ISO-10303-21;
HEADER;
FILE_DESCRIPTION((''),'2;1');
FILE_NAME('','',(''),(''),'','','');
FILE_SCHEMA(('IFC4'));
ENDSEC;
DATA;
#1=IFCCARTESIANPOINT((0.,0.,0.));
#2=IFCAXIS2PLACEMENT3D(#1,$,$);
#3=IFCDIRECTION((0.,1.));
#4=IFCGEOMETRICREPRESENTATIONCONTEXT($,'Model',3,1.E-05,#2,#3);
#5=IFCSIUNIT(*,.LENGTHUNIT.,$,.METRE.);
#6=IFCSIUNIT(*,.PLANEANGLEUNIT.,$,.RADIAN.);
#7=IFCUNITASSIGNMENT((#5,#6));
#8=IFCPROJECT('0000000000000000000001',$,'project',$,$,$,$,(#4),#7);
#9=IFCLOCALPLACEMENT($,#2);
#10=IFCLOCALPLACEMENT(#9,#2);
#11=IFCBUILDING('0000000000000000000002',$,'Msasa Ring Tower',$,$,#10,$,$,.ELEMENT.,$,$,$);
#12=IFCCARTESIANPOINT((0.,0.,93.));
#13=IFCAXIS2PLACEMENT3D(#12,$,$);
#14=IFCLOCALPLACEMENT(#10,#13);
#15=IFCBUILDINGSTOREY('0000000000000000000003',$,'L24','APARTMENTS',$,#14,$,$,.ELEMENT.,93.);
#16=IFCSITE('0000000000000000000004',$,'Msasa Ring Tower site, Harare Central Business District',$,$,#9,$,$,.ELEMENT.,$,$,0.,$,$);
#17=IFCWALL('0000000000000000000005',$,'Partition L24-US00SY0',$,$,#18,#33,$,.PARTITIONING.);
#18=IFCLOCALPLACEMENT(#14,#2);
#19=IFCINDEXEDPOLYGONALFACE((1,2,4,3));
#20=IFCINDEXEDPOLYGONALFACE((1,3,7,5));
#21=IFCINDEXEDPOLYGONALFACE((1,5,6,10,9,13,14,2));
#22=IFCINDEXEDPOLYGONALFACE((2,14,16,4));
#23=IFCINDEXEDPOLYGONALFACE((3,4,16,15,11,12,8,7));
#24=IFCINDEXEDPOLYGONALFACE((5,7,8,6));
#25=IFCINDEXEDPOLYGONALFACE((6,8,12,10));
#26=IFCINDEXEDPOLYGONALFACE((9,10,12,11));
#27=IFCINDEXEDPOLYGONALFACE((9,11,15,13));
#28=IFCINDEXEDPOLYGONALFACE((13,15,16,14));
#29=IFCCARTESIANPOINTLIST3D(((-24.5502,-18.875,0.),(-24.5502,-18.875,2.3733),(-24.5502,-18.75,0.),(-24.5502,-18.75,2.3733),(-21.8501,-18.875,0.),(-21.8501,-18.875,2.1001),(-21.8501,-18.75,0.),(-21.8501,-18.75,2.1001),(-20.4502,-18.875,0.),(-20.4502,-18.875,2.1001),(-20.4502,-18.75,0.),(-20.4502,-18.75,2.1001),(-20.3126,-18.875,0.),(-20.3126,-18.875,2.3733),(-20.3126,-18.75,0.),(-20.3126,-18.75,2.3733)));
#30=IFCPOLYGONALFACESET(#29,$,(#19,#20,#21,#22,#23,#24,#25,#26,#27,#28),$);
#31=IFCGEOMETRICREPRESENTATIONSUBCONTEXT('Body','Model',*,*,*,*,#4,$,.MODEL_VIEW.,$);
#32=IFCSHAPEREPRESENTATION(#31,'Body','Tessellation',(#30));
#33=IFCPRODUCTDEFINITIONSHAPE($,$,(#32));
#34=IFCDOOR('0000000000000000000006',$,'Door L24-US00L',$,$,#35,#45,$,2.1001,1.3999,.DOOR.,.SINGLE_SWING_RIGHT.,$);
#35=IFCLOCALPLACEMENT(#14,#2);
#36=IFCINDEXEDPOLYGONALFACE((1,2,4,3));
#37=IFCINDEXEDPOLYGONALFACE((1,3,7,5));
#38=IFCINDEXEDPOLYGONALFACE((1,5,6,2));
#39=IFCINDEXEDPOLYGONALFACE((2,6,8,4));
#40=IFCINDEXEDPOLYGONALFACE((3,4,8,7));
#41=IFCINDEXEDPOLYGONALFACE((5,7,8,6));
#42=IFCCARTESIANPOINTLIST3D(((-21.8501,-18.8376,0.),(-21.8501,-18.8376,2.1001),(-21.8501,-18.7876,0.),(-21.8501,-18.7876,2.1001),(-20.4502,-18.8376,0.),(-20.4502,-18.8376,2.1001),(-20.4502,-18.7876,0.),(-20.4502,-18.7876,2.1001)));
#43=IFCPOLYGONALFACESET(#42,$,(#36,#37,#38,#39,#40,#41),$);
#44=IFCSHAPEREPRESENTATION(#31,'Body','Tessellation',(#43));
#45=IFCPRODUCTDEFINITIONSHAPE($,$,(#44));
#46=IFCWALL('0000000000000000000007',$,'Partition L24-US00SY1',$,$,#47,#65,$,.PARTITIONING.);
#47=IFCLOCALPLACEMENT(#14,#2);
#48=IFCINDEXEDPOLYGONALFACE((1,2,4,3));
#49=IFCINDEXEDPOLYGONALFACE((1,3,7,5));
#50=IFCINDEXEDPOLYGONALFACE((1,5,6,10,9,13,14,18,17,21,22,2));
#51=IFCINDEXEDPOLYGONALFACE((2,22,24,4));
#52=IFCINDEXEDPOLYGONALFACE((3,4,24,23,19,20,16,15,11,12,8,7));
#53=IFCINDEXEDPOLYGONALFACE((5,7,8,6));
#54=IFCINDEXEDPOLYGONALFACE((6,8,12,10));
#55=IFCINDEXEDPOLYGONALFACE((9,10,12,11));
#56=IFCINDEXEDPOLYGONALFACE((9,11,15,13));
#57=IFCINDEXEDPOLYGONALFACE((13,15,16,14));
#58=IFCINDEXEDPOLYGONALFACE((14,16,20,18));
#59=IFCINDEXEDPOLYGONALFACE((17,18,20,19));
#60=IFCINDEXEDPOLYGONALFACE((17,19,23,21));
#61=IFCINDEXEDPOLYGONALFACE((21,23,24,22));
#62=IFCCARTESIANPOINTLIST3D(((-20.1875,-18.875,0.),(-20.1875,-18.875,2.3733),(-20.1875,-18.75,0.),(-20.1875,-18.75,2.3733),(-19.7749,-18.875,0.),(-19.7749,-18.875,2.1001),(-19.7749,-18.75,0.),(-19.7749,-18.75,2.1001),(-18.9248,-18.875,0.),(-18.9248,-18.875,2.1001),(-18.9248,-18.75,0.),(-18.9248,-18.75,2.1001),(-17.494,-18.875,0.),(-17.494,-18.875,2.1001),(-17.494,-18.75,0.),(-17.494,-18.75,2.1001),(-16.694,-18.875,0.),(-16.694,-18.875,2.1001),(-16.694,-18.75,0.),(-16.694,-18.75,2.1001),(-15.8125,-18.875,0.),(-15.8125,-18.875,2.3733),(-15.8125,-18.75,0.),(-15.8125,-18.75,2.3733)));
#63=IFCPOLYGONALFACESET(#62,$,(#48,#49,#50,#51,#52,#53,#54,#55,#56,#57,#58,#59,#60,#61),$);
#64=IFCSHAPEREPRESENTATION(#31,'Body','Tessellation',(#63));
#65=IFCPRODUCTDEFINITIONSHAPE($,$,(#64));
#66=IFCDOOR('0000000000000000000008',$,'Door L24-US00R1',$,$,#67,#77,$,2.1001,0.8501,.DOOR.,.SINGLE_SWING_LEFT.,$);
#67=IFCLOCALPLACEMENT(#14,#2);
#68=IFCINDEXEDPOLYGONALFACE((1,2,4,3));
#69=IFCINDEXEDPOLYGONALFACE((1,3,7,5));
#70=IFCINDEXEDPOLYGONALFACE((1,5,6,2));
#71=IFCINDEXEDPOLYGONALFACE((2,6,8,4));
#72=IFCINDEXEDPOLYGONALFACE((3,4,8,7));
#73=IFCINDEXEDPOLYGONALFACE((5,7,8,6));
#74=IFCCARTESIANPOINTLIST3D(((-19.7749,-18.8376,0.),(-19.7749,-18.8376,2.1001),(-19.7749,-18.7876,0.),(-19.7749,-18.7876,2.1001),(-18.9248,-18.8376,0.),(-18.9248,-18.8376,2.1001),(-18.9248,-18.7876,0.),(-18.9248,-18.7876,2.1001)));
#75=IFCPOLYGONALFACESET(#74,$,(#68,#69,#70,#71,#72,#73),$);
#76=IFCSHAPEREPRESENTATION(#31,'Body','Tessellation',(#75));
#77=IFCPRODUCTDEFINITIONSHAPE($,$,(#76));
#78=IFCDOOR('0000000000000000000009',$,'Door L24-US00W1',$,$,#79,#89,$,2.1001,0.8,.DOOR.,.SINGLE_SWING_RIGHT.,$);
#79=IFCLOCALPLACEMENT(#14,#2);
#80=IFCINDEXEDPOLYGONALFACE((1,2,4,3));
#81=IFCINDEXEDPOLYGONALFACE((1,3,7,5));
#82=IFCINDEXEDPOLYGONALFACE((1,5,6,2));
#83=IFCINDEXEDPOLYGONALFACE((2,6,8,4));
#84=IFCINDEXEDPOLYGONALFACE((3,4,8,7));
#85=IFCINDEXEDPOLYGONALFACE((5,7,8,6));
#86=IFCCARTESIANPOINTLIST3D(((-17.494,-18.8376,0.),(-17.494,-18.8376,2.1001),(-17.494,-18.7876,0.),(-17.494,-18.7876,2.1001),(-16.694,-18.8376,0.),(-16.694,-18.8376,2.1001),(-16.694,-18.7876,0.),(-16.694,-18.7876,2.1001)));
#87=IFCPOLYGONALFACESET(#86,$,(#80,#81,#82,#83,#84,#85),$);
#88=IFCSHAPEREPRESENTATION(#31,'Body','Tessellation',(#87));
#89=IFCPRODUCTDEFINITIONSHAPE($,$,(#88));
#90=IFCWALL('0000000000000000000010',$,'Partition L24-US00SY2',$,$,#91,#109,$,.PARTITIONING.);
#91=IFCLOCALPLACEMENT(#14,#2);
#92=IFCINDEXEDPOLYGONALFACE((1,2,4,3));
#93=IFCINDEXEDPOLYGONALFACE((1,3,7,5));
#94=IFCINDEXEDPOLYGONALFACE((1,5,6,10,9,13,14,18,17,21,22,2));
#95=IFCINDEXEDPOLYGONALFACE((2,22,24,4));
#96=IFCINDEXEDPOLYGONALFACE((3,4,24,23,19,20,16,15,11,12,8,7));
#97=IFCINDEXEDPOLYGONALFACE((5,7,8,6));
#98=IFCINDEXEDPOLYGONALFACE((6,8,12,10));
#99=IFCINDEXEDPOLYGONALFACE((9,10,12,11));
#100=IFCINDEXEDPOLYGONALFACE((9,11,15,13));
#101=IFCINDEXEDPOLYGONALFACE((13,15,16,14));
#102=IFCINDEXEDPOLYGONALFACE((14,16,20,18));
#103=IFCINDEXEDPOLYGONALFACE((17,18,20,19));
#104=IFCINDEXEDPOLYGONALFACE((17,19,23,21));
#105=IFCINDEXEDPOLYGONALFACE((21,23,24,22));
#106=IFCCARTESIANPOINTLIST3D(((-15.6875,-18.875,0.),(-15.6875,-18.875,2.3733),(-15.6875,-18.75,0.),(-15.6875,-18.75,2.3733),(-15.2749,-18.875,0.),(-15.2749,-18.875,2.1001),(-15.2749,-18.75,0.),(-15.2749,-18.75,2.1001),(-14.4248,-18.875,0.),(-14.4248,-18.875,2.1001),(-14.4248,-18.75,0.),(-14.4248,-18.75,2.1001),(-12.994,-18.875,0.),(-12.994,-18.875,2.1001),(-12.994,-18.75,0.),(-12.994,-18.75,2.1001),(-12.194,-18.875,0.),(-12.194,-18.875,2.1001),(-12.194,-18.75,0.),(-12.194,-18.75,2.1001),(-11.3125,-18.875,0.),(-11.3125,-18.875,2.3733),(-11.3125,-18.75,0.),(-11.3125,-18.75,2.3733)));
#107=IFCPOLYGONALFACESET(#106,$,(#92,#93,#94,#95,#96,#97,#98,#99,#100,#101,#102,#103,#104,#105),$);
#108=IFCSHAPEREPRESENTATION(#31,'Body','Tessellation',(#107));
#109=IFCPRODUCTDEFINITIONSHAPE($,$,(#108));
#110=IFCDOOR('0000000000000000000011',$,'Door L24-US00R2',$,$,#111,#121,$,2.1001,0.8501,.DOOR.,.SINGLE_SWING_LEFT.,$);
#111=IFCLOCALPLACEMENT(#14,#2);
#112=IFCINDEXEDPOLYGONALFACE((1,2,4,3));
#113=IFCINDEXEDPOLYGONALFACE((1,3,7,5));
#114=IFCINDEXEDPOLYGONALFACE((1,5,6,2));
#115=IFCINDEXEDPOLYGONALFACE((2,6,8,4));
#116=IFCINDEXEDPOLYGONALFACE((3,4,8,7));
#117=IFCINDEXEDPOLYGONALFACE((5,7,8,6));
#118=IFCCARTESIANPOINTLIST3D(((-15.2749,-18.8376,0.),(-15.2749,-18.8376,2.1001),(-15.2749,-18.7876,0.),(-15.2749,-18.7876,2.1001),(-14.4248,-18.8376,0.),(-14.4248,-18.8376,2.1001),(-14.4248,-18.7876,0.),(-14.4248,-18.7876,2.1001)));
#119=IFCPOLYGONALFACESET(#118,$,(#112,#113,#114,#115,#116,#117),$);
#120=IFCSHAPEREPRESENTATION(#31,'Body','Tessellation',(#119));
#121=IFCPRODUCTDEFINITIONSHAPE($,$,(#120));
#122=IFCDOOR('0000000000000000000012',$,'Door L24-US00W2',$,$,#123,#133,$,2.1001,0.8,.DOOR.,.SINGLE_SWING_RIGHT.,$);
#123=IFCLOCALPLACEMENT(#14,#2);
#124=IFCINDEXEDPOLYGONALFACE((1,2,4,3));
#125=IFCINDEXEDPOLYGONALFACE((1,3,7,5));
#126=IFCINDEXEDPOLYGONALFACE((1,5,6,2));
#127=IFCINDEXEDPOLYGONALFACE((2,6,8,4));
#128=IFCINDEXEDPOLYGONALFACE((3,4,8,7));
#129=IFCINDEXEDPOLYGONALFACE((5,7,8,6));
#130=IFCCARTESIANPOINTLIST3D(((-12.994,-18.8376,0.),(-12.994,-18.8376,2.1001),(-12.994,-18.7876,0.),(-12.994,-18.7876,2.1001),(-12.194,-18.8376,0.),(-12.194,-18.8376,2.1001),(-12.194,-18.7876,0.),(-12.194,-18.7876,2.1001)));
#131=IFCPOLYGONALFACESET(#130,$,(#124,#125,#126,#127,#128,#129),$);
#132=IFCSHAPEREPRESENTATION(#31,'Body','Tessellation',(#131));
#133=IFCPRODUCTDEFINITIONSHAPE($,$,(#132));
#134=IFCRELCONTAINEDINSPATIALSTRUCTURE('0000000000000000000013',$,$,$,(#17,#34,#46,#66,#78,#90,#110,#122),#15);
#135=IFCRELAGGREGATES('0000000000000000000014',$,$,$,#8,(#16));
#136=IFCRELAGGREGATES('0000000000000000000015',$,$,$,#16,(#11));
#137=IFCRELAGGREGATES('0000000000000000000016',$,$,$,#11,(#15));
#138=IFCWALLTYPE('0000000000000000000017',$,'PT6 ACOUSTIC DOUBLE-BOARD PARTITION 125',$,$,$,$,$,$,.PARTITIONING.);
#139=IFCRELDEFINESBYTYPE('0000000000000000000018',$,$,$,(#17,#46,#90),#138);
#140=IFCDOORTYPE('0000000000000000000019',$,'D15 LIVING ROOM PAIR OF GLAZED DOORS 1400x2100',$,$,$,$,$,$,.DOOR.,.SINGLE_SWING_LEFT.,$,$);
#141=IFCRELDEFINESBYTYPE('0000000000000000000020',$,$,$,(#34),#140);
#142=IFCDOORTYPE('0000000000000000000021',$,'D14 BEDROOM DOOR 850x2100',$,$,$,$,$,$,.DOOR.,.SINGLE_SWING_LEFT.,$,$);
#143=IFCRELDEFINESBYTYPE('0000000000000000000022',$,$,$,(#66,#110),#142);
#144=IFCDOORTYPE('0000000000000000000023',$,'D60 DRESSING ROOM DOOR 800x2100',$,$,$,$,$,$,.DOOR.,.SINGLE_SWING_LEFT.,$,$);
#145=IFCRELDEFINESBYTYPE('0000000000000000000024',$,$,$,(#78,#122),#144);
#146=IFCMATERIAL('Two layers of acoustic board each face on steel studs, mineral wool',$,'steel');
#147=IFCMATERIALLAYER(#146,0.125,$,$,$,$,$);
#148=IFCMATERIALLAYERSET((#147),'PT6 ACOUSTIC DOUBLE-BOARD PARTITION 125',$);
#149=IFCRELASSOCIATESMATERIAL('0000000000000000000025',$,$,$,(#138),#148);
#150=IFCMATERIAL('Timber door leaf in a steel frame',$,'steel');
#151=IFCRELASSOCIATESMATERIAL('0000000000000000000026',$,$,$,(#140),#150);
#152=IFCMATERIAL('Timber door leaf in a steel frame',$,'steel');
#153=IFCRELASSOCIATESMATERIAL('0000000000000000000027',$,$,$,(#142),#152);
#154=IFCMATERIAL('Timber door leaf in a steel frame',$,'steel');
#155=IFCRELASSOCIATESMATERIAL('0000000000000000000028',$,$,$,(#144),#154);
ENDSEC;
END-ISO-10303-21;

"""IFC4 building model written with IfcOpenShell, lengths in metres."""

from ifc_helpers import new_model, si_unit, direction, frame, frame_2d, origin, place, context, subcontext, project, spatial, rectangle, extrude, material, layer, layer_set, type_object, element, fill, save


model = new_model("IFC4")

# Units and contexts
model_context = context("Model", 3, precision=1e-05, world=origin(), true_north=direction((0.0, 1.0)))
body_context = subcontext(model_context, "Body", "Model", "MODEL_VIEW")
ifc_project = project(units=[si_unit("LENGTHUNIT", "METRE"), si_unit("PLANEANGLEUNIT", "RADIAN")], contexts=[model_context])

# Site, building, storey
site_placement = place(None, origin())
site = spatial("IfcSite", under=ifc_project, at=site_placement, Name="Msasa Ring Tower site, Harare Central Business District", CompositionType="ELEMENT", RefElevation=0.0)
building_placement = place(site_placement, origin())
building = spatial("IfcBuilding", under=site, at=building_placement, Name="Msasa Ring Tower", CompositionType="ELEMENT")
storey_placement = place(building_placement, frame((0.0, 0.0, 93.0)))
storey = spatial("IfcBuildingStorey", under=building, at=storey_placement, Name="L24", Description="APARTMENTS", CompositionType="ELEMENT", Elevation=93.0)

# Shared definitions
ifc_material_1 = material(Name="Two layers of acoustic board each face on steel studs, mineral wool", Category="steel")
ifc_layer_1 = layer(ifc_material_1, 0.125)
ifc_layer_set_1 = layer_set([ifc_layer_1], Name="PT6 ACOUSTIC DOUBLE-BOARD PARTITION 125")
wall_type_1 = type_object("IfcWallType", Name="PT6 ACOUSTIC DOUBLE-BOARD PARTITION 125", PredefinedType="PARTITIONING", material=ifc_layer_set_1)

# Wall, opening, door
wall_1_placement = place(storey_placement, frame((-24.55, -18.8125, 0.0), z_axis=(0.0, 0.0, 1.0), x_axis=(1.0, 0.0, 0.0)))
wall_1 = element("IfcWall", 1, at=wall_1_placement, inside=storey, type_object=wall_type_1, Name="Partition L24-US00SY0", PredefinedType="PARTITIONING", context=body_context, shape_type="SweptSolid", body=[
    extrude(rectangle(XDim=4.2375, YDim=0.125, at=frame_2d((2.1187, 0.0))), origin(), (0.0, 0.0, 1.0), 2.3733),
])
opening_1_placement = place(wall_1_placement, frame((2.7, 0.0, 0.0)))
opening_1 = element("IfcOpeningElement", 2, at=opening_1_placement, cuts=wall_1, PredefinedType="OPENING", context=body_context, shape_type="SweptSolid", body=[
    extrude(rectangle(XDim=1.3999, YDim=2.1001, at=frame_2d((0.7, 1.05))), frame((0.0, 0.0725, 0.0), z_axis=(0.0, -1.0, 0.0), x_axis=(1.0, 0.0, 0.0)), (0.0, 0.0, 1.0), 0.145),
])
ifc_material_2 = material(Name="Timber door leaf in a steel frame", Category="steel")
door_type_1 = type_object("IfcDoorType", Name="D15 LIVING ROOM PAIR OF GLAZED DOORS 1400x2100", OperationType="SINGLE_SWING_LEFT", PredefinedType="DOOR", material=ifc_material_2)
door_1_placement = place(opening_1_placement, origin())
door_1 = element("IfcDoor", 3, at=door_1_placement, inside=storey, type_object=door_type_1, Name="Door L24-US00L", OperationType="SINGLE_SWING_RIGHT", OverallHeight=2.1001, OverallWidth=1.3999, PredefinedType="DOOR", context=body_context, shape_type="SweptSolid", body=[
    extrude(rectangle(XDim=1.3999, YDim=2.1001, at=frame_2d((0.7, 1.05))), frame((0.0, 0.0249, 0.0), z_axis=(0.0, -1.0, 0.0), x_axis=(1.0, 0.0, 0.0)), (0.0, 0.0, 1.0), 0.05),
])
fill(opening_1, door_1)

# Walls, openings, doors
wall_2_placement = place(storey_placement, frame((-20.1875, -18.8125, 0.0), z_axis=(0.0, 0.0, 1.0), x_axis=(1.0, 0.0, 0.0)))
wall_2 = element("IfcWall", 4, at=wall_2_placement, inside=storey, type_object=wall_type_1, Name="Partition L24-US00SY1", PredefinedType="PARTITIONING", context=body_context, shape_type="SweptSolid", body=[
    extrude(rectangle(XDim=4.375, YDim=0.125, at=frame_2d((2.1875, 0.0))), origin(), (0.0, 0.0, 1.0), 2.3733),
])
opening_2_placement = place(wall_2_placement, frame((0.4126, 0.0, 0.0)))
opening_2 = element("IfcOpeningElement", 5, at=opening_2_placement, cuts=wall_2, PredefinedType="OPENING", context=body_context, shape_type="SweptSolid", body=[
    extrude(rectangle(XDim=0.8501, YDim=2.1001, at=frame_2d((0.425, 1.05))), frame((0.0, 0.0725, 0.0), z_axis=(0.0, -1.0, 0.0), x_axis=(1.0, 0.0, 0.0)), (0.0, 0.0, 1.0), 0.145),
])
opening_3_placement = place(wall_2_placement, frame((2.6936, 0.0, 0.0)))
opening_3 = element("IfcOpeningElement", 6, at=opening_3_placement, cuts=wall_2, PredefinedType="OPENING", context=body_context, shape_type="SweptSolid", body=[
    extrude(rectangle(XDim=0.8, YDim=2.1001, at=frame_2d((0.3999, 1.05))), frame((0.0, 0.0725, 0.0), z_axis=(0.0, -1.0, 0.0), x_axis=(1.0, 0.0, 0.0)), (0.0, 0.0, 1.0), 0.145),
])
ifc_material_3 = material(Name="Timber door leaf in a steel frame", Category="steel")
door_type_2 = type_object("IfcDoorType", Name="D14 BEDROOM DOOR 850x2100", OperationType="SINGLE_SWING_LEFT", PredefinedType="DOOR", material=ifc_material_3)
door_2_placement = place(opening_2_placement, origin())
door_2 = element("IfcDoor", 7, at=door_2_placement, inside=storey, type_object=door_type_2, Name="Door L24-US00R1", OperationType="SINGLE_SWING_LEFT", OverallHeight=2.1001, OverallWidth=0.8501, PredefinedType="DOOR", context=body_context, shape_type="SweptSolid", body=[
    extrude(rectangle(XDim=0.8501, YDim=2.1001, at=frame_2d((0.425, 1.05))), frame((0.0, 0.0249, 0.0), z_axis=(0.0, -1.0, 0.0), x_axis=(1.0, 0.0, 0.0)), (0.0, 0.0, 1.0), 0.05),
])
fill(opening_2, door_2)
ifc_material_4 = material(Name="Timber door leaf in a steel frame", Category="steel")
door_type_3 = type_object("IfcDoorType", Name="D60 DRESSING ROOM DOOR 800x2100", OperationType="SINGLE_SWING_LEFT", PredefinedType="DOOR", material=ifc_material_4)
door_3_placement = place(opening_3_placement, origin())
door_3 = element("IfcDoor", 8, at=door_3_placement, inside=storey, type_object=door_type_3, Name="Door L24-US00W1", OperationType="SINGLE_SWING_RIGHT", OverallHeight=2.1001, OverallWidth=0.8, PredefinedType="DOOR", context=body_context, shape_type="SweptSolid", body=[
    extrude(rectangle(XDim=0.8, YDim=2.1001, at=frame_2d((0.3999, 1.05))), frame((0.0, 0.0249, 0.0), z_axis=(0.0, -1.0, 0.0), x_axis=(1.0, 0.0, 0.0)), (0.0, 0.0, 1.0), 0.05),
])
fill(opening_3, door_3)
wall_3_placement = place(storey_placement, frame((-15.6875, -18.8125, 0.0), z_axis=(0.0, 0.0, 1.0), x_axis=(1.0, 0.0, 0.0)))
wall_3 = element("IfcWall", 9, at=wall_3_placement, inside=storey, type_object=wall_type_1, Name="Partition L24-US00SY2", PredefinedType="PARTITIONING", context=body_context, shape_type="SweptSolid", body=[
    extrude(rectangle(XDim=4.375, YDim=0.125, at=frame_2d((2.1875, 0.0))), origin(), (0.0, 0.0, 1.0), 2.3733),
])
opening_4_placement = place(wall_3_placement, frame((0.4126, 0.0, 0.0)))
opening_4 = element("IfcOpeningElement", 10, at=opening_4_placement, cuts=wall_3, PredefinedType="OPENING", context=body_context, shape_type="SweptSolid", body=[
    extrude(rectangle(XDim=0.8501, YDim=2.1001, at=frame_2d((0.425, 1.05))), frame((0.0, 0.0725, 0.0), z_axis=(0.0, -1.0, 0.0), x_axis=(1.0, 0.0, 0.0)), (0.0, 0.0, 1.0), 0.145),
])
opening_5_placement = place(wall_3_placement, frame((2.6936, 0.0, 0.0)))
opening_5 = element("IfcOpeningElement", 11, at=opening_5_placement, cuts=wall_3, PredefinedType="OPENING", context=body_context, shape_type="SweptSolid", body=[
    extrude(rectangle(XDim=0.8, YDim=2.1001, at=frame_2d((0.3999, 1.05))), frame((0.0, 0.0725, 0.0), z_axis=(0.0, -1.0, 0.0), x_axis=(1.0, 0.0, 0.0)), (0.0, 0.0, 1.0), 0.145),
])
door_4_placement = place(opening_4_placement, origin())
door_4 = element("IfcDoor", 12, at=door_4_placement, inside=storey, type_object=door_type_2, Name="Door L24-US00R2", OperationType="SINGLE_SWING_LEFT", OverallHeight=2.1001, OverallWidth=0.8501, PredefinedType="DOOR", context=body_context, shape_type="SweptSolid", body=[
    extrude(rectangle(XDim=0.8501, YDim=2.1001, at=frame_2d((0.425, 1.05))), frame((0.0, 0.0249, 0.0), z_axis=(0.0, -1.0, 0.0), x_axis=(1.0, 0.0, 0.0)), (0.0, 0.0, 1.0), 0.05),
])
fill(opening_4, door_4)
door_5_placement = place(opening_5_placement, origin())
door_5 = element("IfcDoor", 13, at=door_5_placement, inside=storey, type_object=door_type_3, Name="Door L24-US00W2", OperationType="SINGLE_SWING_RIGHT", OverallHeight=2.1001, OverallWidth=0.8, PredefinedType="DOOR", context=body_context, shape_type="SweptSolid", body=[
    extrude(rectangle(XDim=0.8, YDim=2.1001, at=frame_2d((0.3999, 1.05))), frame((0.0, 0.0249, 0.0), z_axis=(0.0, -1.0, 0.0), x_axis=(1.0, 0.0, 0.0)), (0.0, 0.0, 1.0), 0.05),
])
fill(opening_5, door_5)

save(model, "model.ifc")
